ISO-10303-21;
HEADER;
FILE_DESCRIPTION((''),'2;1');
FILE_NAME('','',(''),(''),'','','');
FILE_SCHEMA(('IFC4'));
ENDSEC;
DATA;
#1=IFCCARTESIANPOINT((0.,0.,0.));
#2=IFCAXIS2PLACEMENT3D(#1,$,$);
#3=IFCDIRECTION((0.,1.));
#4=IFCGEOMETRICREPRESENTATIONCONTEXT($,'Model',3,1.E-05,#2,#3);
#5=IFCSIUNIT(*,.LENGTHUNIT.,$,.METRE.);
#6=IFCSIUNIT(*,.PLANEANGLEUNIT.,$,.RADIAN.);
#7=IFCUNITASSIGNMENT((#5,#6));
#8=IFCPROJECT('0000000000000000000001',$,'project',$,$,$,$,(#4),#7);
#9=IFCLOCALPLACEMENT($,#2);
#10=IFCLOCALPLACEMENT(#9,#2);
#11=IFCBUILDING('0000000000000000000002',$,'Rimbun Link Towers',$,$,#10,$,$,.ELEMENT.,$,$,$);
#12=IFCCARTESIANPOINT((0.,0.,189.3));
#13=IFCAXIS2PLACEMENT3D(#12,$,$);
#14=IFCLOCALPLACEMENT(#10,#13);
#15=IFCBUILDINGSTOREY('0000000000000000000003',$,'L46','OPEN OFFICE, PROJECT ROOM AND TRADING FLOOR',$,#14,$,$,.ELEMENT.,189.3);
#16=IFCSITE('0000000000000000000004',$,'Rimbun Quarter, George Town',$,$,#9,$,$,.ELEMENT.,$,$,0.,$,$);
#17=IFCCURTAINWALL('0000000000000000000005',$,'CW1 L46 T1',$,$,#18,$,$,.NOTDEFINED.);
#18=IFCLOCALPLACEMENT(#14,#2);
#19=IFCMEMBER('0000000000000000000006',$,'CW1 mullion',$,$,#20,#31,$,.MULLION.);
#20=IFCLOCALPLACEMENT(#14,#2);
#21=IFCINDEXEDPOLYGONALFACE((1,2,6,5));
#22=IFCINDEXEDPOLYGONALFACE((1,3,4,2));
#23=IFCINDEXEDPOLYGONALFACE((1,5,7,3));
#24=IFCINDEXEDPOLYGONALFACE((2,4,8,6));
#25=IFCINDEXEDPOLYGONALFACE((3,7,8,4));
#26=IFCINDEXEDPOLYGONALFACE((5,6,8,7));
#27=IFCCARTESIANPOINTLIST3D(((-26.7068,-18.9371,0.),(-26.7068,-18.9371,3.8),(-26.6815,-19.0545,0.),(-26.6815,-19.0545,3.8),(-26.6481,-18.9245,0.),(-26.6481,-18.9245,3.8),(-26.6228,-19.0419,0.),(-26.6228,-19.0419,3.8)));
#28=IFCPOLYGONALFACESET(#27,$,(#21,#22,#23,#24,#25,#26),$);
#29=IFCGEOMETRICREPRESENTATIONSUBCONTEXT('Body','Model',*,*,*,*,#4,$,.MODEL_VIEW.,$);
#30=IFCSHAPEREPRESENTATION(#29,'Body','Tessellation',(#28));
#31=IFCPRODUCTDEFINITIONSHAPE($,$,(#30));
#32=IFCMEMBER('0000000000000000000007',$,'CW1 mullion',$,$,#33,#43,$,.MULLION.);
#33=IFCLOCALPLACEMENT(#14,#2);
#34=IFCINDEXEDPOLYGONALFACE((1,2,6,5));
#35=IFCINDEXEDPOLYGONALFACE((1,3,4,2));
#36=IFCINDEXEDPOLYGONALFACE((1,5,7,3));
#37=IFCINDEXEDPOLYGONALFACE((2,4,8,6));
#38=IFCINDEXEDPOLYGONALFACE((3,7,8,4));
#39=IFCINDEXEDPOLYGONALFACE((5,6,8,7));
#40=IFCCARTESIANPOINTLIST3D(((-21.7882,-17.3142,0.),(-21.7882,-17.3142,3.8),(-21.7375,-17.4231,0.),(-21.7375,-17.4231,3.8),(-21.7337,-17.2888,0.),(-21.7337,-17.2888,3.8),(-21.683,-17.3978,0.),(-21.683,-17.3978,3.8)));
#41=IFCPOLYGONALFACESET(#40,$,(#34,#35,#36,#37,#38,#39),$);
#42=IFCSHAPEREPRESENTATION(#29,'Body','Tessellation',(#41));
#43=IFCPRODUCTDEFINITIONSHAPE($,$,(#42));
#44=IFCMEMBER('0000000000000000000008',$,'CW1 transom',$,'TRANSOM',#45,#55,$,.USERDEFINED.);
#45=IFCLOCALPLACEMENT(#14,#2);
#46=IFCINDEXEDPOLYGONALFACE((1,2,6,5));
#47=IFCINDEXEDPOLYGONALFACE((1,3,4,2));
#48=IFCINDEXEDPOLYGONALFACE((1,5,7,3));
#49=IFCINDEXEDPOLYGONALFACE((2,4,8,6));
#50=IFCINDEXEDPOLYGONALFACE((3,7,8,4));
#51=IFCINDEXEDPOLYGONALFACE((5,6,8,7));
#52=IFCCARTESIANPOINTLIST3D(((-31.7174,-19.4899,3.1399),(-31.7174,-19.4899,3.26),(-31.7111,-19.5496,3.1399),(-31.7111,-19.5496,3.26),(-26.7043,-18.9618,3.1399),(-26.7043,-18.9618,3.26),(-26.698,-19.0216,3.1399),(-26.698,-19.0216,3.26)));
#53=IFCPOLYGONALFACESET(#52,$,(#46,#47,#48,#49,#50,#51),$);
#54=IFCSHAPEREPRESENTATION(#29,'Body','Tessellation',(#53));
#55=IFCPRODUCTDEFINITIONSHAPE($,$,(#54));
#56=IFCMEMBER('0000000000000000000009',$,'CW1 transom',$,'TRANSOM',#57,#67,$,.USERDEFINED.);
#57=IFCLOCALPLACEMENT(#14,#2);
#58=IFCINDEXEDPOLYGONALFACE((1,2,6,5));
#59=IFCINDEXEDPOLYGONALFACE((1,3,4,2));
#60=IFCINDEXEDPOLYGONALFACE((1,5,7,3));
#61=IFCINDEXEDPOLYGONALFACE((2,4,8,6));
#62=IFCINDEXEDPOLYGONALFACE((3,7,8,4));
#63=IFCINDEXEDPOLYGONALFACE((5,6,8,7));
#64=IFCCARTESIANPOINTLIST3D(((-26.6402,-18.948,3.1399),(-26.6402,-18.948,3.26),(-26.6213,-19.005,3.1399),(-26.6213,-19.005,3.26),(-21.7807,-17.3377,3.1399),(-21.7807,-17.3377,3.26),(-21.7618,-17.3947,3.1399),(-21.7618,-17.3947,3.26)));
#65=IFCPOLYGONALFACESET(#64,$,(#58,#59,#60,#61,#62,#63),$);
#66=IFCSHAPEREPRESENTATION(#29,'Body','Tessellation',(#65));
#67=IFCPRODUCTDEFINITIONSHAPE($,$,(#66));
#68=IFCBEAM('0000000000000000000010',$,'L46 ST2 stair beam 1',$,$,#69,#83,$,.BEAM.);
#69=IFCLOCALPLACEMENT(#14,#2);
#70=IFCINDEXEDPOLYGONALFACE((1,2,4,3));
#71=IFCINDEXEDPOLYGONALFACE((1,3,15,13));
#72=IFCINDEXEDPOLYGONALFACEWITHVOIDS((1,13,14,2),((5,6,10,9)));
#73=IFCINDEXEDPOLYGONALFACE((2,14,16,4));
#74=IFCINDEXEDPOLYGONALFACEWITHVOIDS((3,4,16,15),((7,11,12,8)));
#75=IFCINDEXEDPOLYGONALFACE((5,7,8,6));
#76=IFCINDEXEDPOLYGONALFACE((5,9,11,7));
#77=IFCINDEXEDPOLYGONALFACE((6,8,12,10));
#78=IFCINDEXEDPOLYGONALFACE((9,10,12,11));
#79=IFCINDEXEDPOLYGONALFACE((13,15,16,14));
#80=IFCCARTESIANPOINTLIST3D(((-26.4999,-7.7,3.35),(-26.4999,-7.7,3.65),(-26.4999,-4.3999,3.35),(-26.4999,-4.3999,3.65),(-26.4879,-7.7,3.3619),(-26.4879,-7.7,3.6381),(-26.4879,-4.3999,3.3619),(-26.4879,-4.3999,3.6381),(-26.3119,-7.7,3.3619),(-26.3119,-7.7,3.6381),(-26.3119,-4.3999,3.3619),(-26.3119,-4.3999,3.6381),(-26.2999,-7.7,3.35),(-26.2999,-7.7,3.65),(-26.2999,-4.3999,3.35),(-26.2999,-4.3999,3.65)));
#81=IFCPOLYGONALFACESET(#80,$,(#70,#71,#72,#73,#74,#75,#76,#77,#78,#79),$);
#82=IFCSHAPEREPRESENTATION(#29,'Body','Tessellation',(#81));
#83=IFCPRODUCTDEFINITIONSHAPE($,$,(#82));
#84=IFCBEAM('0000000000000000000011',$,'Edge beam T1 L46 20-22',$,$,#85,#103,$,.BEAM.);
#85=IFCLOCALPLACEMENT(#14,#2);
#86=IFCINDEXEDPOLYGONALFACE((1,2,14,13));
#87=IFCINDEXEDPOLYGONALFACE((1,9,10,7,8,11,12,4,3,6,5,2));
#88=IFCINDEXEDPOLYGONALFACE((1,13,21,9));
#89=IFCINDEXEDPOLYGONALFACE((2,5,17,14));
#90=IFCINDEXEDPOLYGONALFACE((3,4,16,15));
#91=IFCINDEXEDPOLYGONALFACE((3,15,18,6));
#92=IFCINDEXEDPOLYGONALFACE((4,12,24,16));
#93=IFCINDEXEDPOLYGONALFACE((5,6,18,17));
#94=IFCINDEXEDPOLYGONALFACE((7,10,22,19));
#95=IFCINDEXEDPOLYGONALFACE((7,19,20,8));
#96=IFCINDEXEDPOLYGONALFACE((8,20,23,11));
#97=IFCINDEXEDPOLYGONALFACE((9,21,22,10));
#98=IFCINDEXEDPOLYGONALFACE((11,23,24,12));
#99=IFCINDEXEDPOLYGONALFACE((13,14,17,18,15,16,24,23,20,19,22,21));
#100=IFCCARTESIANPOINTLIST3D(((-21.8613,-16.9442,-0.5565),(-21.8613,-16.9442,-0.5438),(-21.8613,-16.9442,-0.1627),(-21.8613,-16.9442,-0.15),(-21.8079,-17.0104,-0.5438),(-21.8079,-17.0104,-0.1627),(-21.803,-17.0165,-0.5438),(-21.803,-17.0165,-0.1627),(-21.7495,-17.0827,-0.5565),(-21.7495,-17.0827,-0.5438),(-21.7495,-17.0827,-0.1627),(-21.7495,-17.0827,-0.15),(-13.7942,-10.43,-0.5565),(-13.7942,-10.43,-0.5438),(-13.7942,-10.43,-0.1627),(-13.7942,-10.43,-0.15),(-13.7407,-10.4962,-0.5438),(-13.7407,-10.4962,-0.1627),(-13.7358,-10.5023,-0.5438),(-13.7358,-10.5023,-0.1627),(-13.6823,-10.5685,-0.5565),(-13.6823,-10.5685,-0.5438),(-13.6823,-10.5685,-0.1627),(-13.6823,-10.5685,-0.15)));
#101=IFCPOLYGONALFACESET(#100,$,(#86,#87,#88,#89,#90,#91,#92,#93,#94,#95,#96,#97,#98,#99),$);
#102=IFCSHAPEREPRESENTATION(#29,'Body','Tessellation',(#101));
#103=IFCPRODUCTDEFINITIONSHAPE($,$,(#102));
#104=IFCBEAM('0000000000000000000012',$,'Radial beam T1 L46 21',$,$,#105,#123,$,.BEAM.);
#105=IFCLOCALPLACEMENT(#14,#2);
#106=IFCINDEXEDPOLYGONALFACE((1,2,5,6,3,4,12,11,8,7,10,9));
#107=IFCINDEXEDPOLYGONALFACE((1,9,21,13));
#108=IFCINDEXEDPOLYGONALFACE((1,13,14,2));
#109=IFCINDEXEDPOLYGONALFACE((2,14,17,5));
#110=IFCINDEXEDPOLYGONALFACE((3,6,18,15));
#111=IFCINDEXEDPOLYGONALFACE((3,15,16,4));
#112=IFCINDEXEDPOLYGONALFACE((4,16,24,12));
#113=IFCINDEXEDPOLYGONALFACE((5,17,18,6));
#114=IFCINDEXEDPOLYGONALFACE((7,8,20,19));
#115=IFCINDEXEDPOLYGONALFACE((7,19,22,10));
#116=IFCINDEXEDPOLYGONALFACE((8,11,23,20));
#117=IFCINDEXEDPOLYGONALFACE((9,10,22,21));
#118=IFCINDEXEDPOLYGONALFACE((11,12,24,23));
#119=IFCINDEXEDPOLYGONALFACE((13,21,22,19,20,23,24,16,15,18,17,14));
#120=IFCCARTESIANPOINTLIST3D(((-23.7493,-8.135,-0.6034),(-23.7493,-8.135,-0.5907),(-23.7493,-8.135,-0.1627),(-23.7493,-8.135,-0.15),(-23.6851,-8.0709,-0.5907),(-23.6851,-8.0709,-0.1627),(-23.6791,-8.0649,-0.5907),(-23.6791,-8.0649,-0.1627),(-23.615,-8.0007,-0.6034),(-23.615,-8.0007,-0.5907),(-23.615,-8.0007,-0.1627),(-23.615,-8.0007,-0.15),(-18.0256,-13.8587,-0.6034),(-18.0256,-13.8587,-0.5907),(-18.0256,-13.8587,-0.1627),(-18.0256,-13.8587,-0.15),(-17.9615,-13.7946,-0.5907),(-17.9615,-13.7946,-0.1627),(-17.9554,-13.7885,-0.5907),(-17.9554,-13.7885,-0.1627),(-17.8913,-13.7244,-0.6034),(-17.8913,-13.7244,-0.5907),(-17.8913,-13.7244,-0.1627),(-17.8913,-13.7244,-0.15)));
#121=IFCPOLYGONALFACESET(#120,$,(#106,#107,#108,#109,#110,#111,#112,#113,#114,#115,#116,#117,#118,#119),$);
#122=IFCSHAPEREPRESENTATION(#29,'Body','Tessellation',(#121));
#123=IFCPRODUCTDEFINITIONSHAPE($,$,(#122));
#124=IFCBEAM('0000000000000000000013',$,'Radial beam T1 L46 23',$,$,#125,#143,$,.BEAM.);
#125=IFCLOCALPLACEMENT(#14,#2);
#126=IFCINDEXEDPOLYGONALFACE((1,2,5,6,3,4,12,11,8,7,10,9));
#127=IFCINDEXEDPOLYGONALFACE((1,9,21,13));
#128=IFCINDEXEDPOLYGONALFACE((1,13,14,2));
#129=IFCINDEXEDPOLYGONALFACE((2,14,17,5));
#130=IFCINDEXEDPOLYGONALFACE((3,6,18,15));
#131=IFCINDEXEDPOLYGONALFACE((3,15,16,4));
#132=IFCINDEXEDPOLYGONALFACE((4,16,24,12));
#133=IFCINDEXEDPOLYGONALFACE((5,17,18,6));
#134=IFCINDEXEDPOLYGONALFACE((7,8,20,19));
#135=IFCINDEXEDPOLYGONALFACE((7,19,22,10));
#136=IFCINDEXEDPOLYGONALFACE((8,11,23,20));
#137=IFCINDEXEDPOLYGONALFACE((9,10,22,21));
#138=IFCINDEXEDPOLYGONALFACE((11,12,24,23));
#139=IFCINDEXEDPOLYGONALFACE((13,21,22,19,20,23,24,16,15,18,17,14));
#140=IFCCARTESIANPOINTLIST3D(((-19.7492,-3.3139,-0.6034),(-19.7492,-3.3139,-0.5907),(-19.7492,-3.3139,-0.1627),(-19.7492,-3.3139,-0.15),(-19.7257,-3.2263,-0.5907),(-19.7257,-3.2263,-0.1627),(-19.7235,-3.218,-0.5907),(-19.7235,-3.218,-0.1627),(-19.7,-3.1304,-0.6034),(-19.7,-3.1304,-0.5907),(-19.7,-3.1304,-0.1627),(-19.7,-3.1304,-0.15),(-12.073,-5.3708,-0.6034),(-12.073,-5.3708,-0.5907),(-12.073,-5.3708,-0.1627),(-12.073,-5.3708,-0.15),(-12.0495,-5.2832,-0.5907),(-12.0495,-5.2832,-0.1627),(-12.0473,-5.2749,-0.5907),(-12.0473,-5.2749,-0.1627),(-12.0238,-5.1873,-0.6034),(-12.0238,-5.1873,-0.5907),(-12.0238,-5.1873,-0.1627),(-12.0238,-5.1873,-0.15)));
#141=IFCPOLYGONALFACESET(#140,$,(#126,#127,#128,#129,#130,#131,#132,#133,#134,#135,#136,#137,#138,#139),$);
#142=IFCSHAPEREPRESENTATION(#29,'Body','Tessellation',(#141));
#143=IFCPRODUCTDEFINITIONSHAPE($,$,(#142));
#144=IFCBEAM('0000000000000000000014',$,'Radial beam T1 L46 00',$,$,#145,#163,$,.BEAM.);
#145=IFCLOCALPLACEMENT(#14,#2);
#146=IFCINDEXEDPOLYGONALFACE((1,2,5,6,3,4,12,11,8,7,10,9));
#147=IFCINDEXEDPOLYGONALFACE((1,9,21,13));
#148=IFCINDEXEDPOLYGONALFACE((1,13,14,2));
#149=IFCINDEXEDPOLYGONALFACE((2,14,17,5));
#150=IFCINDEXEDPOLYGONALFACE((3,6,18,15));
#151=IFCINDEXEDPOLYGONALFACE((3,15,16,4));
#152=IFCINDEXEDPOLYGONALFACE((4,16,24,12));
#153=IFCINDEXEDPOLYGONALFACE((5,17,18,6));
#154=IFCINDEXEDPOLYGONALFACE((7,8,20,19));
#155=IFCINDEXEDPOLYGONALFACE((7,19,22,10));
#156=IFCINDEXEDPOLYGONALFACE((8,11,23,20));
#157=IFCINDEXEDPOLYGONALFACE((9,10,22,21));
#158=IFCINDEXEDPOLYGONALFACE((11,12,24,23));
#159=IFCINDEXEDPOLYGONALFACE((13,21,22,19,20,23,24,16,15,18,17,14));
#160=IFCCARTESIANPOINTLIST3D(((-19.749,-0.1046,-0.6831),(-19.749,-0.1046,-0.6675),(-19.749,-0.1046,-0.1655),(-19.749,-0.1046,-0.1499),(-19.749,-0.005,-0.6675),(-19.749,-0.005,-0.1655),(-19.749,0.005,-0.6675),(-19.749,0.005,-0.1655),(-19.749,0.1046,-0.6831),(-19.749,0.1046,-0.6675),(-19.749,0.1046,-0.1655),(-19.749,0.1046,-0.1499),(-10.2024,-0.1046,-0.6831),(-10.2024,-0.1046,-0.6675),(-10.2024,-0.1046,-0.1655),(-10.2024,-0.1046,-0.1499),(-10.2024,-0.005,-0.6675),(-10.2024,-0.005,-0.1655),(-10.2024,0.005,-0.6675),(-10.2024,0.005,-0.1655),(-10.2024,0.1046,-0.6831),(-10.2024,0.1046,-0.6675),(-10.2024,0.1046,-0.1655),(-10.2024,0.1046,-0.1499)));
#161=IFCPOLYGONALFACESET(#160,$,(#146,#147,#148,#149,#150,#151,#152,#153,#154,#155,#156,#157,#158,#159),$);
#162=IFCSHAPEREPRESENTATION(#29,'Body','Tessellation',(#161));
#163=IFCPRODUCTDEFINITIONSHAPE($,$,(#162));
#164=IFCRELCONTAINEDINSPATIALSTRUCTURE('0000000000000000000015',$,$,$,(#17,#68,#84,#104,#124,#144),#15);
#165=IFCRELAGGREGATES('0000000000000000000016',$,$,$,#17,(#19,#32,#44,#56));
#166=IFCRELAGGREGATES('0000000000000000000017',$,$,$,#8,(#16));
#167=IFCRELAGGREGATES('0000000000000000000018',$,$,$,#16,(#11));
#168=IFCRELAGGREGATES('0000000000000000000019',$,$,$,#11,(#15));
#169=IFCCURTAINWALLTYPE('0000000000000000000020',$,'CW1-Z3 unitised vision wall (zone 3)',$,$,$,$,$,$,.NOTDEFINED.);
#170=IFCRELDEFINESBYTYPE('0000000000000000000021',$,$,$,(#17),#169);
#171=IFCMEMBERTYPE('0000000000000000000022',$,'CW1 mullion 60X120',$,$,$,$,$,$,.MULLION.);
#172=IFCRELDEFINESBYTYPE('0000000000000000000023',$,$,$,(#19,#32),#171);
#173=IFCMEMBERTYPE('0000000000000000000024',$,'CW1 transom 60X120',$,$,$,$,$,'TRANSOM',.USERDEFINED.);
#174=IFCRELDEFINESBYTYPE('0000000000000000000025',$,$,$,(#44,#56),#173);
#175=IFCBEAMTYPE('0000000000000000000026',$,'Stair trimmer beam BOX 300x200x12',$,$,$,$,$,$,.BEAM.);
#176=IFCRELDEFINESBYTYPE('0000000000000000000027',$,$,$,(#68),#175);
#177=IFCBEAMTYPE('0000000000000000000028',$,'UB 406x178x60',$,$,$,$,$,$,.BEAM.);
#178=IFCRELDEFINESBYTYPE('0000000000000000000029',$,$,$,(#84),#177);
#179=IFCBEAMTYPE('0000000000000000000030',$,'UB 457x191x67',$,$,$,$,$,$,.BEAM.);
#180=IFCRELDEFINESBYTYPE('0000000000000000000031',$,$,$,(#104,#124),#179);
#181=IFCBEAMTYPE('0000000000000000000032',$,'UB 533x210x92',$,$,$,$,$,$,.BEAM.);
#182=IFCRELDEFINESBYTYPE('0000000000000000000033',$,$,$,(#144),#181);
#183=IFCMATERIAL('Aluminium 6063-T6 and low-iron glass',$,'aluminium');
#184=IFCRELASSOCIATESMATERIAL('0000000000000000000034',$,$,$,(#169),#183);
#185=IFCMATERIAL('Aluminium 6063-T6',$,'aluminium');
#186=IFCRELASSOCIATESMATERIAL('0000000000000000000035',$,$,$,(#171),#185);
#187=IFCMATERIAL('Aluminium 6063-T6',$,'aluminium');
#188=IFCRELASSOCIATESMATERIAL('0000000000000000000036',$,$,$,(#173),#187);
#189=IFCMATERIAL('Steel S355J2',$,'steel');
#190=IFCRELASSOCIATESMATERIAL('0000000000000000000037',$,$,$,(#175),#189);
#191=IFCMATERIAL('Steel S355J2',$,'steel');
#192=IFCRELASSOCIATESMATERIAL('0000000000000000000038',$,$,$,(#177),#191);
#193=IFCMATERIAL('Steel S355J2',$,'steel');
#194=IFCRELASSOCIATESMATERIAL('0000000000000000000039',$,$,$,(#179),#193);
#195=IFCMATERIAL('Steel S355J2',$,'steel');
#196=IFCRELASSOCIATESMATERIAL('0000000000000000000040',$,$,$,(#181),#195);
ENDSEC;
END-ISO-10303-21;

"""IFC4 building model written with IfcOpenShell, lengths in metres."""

from ifc_helpers import new_model, si_unit, direction, frame, origin, origin_2d, place, context, subcontext, project, spatial, rectangle, hollow_rectangle, i_section, extrude, material, material_profile, profile_set, type_object, element, aggregate, save


model = new_model("IFC4")

# Units and contexts
model_context = context("Model", 3, precision=1e-05, world=origin(), true_north=direction((0.0, 1.0)))
body_context = subcontext(model_context, "Body", "Model", "MODEL_VIEW")
ifc_project = project(units=[si_unit("LENGTHUNIT", "METRE"), si_unit("PLANEANGLEUNIT", "RADIAN")], contexts=[model_context])

# Site, building, storey
site_placement = place(None, origin())
site = spatial("IfcSite", under=ifc_project, at=site_placement, Name="Rimbun Quarter, George Town", CompositionType="ELEMENT", RefElevation=0.0)
building_placement = place(site_placement, origin())
building = spatial("IfcBuilding", under=site, at=building_placement, Name="Rimbun Link Towers", CompositionType="ELEMENT")
storey_placement = place(building_placement, frame((0.0, 0.0, 189.3)))
storey = spatial("IfcBuildingStorey", under=building, at=storey_placement, Name="L46", Description="OPEN OFFICE, PROJECT ROOM AND TRADING FLOOR", CompositionType="ELEMENT", Elevation=189.3)

# Curtain wall, members
ifc_material_1 = material(Name="Aluminium 6063-T6 and low-iron glass", Category="aluminium")
curtain_wall_type = type_object("IfcCurtainWallType", Name="CW1-Z3 unitised vision wall (zone 3)", PredefinedType="NOTDEFINED", material=ifc_material_1)
curtain_wall_placement = place(storey_placement, origin())
curtain_wall = element("IfcCurtainWall", 1, at=curtain_wall_placement, inside=storey, type_object=curtain_wall_type, Name="CW1 L46 T1", PredefinedType="NOTDEFINED")
ifc_material_2 = material(Name="Aluminium 6063-T6", Category="aluminium")
ifc_material_profile_1 = material_profile(ifc_material_2, rectangle(XDim=0.1201, YDim=0.0601, at=origin_2d()), Name="MULLION 60X120")
ifc_profile_set_1 = profile_set([ifc_material_profile_1], Name="Aluminium 6063-T6")
member_type_1 = type_object("IfcMemberType", Name="CW1 mullion 60X120", PredefinedType="MULLION", material=ifc_profile_set_1)
member_1_placement = place(storey_placement, frame((-26.6648, -18.9895, 0.0), z_axis=(0.0, 0.0, 1.0), x_axis=(0.210877, -0.977513, 0.0)))
member_1 = element("IfcMember", 2, at=member_1_placement, type_object=member_type_1, Name="CW1 mullion", PredefinedType="MULLION", context=body_context, shape_type="SweptSolid", body=[
    extrude(rectangle(XDim=0.1201, YDim=0.0601, at=origin_2d()), origin(), (0.0, 0.0, 1.0), 3.8),
])
member_2_placement = place(storey_placement, frame((-21.7356, -17.356, 0.0), z_axis=(0.0, 0.0, 1.0), x_axis=(0.421701, -0.906735, 0.0)))
member_2 = element("IfcMember", 3, at=member_2_placement, type_object=member_type_1, Name="CW1 mullion", PredefinedType="MULLION", context=body_context, shape_type="SweptSolid", body=[
    extrude(rectangle(XDim=0.1201, YDim=0.0601, at=origin_2d()), origin(), (0.0, 0.0, 1.0), 3.8),
])
ifc_material_3 = material(Name="Aluminium 6063-T6", Category="aluminium")
ifc_material_profile_2 = material_profile(ifc_material_3, rectangle(XDim=0.0601, YDim=0.1201, at=origin_2d()), Name="TRANSOM 60X120")
ifc_profile_set_2 = profile_set([ifc_material_profile_2], Name="Aluminium 6063-T6")
member_type_2 = type_object("IfcMemberType", Name="CW1 transom 60X120", ElementType="TRANSOM", PredefinedType="USERDEFINED", material=ifc_profile_set_2)
member_3_placement = place(storey_placement, frame((-26.7012, -18.9917, 3.2), z_axis=(-0.994497, -0.104763, 0.0), x_axis=(0.104763, -0.994497, 0.0)))
member_3 = element("IfcMember", 4, at=member_3_placement, type_object=member_type_2, Name="CW1 transom", ObjectType="TRANSOM", PredefinedType="USERDEFINED", context=body_context, shape_type="SweptSolid", body=[
    extrude(rectangle(XDim=0.0601, YDim=0.1201, at=origin_2d()), origin(), (0.0, 0.0, 1.0), 5.0408),
])
member_4_placement = place(storey_placement, frame((-21.7712, -17.3662, 3.2), z_axis=(-0.94924, -0.314553, 0.0), x_axis=(0.314553, -0.94924, 0.0)))
member_4 = element("IfcMember", 5, at=member_4_placement, type_object=member_type_2, Name="CW1 transom", ObjectType="TRANSOM", PredefinedType="USERDEFINED", context=body_context, shape_type="SweptSolid", body=[
    extrude(rectangle(XDim=0.0601, YDim=0.1201, at=origin_2d()), origin(), (0.0, 0.0, 1.0), 5.1194),
])

# Beams
ifc_material_4 = material(Name="Steel S355J2", Category="steel")
ifc_material_profile_3 = material_profile(ifc_material_4, hollow_rectangle(XDim=0.2, YDim=0.3, WallThickness=0.012, at=origin_2d()), Name="BOX 300x200x12")
ifc_profile_set_3 = profile_set([ifc_material_profile_3], Name="Steel S355J2")
beam_type_1 = type_object("IfcBeamType", Name="Stair trimmer beam BOX 300x200x12", PredefinedType="BEAM", material=ifc_profile_set_3)
beam_1_placement = place(storey_placement, frame((-26.3999, -7.7, 3.5), z_axis=(0.0, 1.0, 0.0), x_axis=(-1.0, 0.0, 0.0)))
element("IfcBeam", 6, at=beam_1_placement, inside=storey, type_object=beam_type_1, Name="L46 ST2 stair beam 1", PredefinedType="BEAM", context=body_context, shape_type="SweptSolid", body=[
    extrude(hollow_rectangle(XDim=0.2, YDim=0.3, WallThickness=0.012, at=origin_2d()), origin(), (0.0, 0.0, 1.0), 3.3),
])
ifc_material_5 = material(Name="Steel S355J2", Category="steel")
ifc_material_profile_4 = material_profile(ifc_material_5, i_section(OverallWidth=0.178, OverallDepth=0.4065, WebThickness=0.0078, FlangeThickness=0.0127, at=origin_2d()), Name="UB 406x178x60")
ifc_profile_set_4 = profile_set([ifc_material_profile_4], Name="Steel S355J2")
beam_type_2 = type_object("IfcBeamType", Name="UB 406x178x60", PredefinedType="BEAM", material=ifc_profile_set_4)
beam_2_placement = place(storey_placement, frame((-21.8054, -17.0134, -0.3533), z_axis=(0.778017, 0.628243, 0.0), x_axis=(-0.628243, 0.778017, 0.0)))
element("IfcBeam", 7, at=beam_2_placement, inside=storey, type_object=beam_type_2, Name="Edge beam T1 L46 20-22", PredefinedType="BEAM", context=body_context, shape_type="SweptSolid", body=[
    extrude(i_section(OverallWidth=0.178, OverallDepth=0.4065, WebThickness=0.0078, FlangeThickness=0.0127, at=origin_2d()), origin(), (0.0, 0.0, 1.0), 10.3689),
])
ifc_material_6 = material(Name="Steel S355J2", Category="steel")
ifc_material_profile_5 = material_profile(ifc_material_6, i_section(OverallWidth=0.1899, OverallDepth=0.4534, WebThickness=0.0085, FlangeThickness=0.0127, at=origin_2d()), Name="UB 457x191x67")
ifc_profile_set_5 = profile_set([ifc_material_profile_5], Name="Steel S355J2")
beam_type_3 = type_object("IfcBeamType", Name="UB 457x191x67", PredefinedType="BEAM", material=ifc_profile_set_5)
beam_3_placement = place(storey_placement, frame((-23.6821, -8.0679, -0.3767), z_axis=(0.707107, -0.707107, 0.0), x_axis=(0.707107, 0.707107, 0.0)))
element("IfcBeam", 8, at=beam_3_placement, inside=storey, type_object=beam_type_3, Name="Radial beam T1 L46 21", PredefinedType="BEAM", context=body_context, shape_type="SweptSolid", body=[
    extrude(i_section(OverallWidth=0.1899, OverallDepth=0.4534, WebThickness=0.0085, FlangeThickness=0.0127, at=origin_2d()), origin(), (0.0, 0.0, 1.0), 8.0945),
])
beam_4_placement = place(storey_placement, frame((-19.7246, -3.2222, -0.3767), z_axis=(0.965925, -0.258823, 0.0), x_axis=(0.258823, 0.965925, 0.0)))
element("IfcBeam", 9, at=beam_4_placement, inside=storey, type_object=beam_type_3, Name="Radial beam T1 L46 23", PredefinedType="BEAM", context=body_context, shape_type="SweptSolid", body=[
    extrude(i_section(OverallWidth=0.1899, OverallDepth=0.4534, WebThickness=0.0085, FlangeThickness=0.0127, at=origin_2d()), origin(), (0.0, 0.0, 1.0), 7.947),
])
ifc_material_7 = material(Name="Steel S355J2", Category="steel")
ifc_material_profile_6 = material_profile(ifc_material_7, i_section(OverallWidth=0.2092, OverallDepth=0.5332, WebThickness=0.01, FlangeThickness=0.0156, at=origin_2d()), Name="UB 533x210x92")
ifc_profile_set_6 = profile_set([ifc_material_profile_6], Name="Steel S355J2")
beam_type_4 = type_object("IfcBeamType", Name="UB 533x210x92", PredefinedType="BEAM", material=ifc_profile_set_6)
beam_5_placement = place(storey_placement, frame((-19.749, 0.0, -0.4165), z_axis=(1.0, 0.0, 0.0), x_axis=(0.0, 1.0, 0.0)))
element("IfcBeam", 10, at=beam_5_placement, inside=storey, type_object=beam_type_4, Name="Radial beam T1 L46 00", PredefinedType="BEAM", context=body_context, shape_type="SweptSolid", body=[
    extrude(i_section(OverallWidth=0.2092, OverallDepth=0.5332, WebThickness=0.01, FlangeThickness=0.0156, at=origin_2d()), origin(), (0.0, 0.0, 1.0), 9.5466),
])

aggregate(curtain_wall, [member_1, member_2, member_3, member_4])

save(model, "model.ifc")
